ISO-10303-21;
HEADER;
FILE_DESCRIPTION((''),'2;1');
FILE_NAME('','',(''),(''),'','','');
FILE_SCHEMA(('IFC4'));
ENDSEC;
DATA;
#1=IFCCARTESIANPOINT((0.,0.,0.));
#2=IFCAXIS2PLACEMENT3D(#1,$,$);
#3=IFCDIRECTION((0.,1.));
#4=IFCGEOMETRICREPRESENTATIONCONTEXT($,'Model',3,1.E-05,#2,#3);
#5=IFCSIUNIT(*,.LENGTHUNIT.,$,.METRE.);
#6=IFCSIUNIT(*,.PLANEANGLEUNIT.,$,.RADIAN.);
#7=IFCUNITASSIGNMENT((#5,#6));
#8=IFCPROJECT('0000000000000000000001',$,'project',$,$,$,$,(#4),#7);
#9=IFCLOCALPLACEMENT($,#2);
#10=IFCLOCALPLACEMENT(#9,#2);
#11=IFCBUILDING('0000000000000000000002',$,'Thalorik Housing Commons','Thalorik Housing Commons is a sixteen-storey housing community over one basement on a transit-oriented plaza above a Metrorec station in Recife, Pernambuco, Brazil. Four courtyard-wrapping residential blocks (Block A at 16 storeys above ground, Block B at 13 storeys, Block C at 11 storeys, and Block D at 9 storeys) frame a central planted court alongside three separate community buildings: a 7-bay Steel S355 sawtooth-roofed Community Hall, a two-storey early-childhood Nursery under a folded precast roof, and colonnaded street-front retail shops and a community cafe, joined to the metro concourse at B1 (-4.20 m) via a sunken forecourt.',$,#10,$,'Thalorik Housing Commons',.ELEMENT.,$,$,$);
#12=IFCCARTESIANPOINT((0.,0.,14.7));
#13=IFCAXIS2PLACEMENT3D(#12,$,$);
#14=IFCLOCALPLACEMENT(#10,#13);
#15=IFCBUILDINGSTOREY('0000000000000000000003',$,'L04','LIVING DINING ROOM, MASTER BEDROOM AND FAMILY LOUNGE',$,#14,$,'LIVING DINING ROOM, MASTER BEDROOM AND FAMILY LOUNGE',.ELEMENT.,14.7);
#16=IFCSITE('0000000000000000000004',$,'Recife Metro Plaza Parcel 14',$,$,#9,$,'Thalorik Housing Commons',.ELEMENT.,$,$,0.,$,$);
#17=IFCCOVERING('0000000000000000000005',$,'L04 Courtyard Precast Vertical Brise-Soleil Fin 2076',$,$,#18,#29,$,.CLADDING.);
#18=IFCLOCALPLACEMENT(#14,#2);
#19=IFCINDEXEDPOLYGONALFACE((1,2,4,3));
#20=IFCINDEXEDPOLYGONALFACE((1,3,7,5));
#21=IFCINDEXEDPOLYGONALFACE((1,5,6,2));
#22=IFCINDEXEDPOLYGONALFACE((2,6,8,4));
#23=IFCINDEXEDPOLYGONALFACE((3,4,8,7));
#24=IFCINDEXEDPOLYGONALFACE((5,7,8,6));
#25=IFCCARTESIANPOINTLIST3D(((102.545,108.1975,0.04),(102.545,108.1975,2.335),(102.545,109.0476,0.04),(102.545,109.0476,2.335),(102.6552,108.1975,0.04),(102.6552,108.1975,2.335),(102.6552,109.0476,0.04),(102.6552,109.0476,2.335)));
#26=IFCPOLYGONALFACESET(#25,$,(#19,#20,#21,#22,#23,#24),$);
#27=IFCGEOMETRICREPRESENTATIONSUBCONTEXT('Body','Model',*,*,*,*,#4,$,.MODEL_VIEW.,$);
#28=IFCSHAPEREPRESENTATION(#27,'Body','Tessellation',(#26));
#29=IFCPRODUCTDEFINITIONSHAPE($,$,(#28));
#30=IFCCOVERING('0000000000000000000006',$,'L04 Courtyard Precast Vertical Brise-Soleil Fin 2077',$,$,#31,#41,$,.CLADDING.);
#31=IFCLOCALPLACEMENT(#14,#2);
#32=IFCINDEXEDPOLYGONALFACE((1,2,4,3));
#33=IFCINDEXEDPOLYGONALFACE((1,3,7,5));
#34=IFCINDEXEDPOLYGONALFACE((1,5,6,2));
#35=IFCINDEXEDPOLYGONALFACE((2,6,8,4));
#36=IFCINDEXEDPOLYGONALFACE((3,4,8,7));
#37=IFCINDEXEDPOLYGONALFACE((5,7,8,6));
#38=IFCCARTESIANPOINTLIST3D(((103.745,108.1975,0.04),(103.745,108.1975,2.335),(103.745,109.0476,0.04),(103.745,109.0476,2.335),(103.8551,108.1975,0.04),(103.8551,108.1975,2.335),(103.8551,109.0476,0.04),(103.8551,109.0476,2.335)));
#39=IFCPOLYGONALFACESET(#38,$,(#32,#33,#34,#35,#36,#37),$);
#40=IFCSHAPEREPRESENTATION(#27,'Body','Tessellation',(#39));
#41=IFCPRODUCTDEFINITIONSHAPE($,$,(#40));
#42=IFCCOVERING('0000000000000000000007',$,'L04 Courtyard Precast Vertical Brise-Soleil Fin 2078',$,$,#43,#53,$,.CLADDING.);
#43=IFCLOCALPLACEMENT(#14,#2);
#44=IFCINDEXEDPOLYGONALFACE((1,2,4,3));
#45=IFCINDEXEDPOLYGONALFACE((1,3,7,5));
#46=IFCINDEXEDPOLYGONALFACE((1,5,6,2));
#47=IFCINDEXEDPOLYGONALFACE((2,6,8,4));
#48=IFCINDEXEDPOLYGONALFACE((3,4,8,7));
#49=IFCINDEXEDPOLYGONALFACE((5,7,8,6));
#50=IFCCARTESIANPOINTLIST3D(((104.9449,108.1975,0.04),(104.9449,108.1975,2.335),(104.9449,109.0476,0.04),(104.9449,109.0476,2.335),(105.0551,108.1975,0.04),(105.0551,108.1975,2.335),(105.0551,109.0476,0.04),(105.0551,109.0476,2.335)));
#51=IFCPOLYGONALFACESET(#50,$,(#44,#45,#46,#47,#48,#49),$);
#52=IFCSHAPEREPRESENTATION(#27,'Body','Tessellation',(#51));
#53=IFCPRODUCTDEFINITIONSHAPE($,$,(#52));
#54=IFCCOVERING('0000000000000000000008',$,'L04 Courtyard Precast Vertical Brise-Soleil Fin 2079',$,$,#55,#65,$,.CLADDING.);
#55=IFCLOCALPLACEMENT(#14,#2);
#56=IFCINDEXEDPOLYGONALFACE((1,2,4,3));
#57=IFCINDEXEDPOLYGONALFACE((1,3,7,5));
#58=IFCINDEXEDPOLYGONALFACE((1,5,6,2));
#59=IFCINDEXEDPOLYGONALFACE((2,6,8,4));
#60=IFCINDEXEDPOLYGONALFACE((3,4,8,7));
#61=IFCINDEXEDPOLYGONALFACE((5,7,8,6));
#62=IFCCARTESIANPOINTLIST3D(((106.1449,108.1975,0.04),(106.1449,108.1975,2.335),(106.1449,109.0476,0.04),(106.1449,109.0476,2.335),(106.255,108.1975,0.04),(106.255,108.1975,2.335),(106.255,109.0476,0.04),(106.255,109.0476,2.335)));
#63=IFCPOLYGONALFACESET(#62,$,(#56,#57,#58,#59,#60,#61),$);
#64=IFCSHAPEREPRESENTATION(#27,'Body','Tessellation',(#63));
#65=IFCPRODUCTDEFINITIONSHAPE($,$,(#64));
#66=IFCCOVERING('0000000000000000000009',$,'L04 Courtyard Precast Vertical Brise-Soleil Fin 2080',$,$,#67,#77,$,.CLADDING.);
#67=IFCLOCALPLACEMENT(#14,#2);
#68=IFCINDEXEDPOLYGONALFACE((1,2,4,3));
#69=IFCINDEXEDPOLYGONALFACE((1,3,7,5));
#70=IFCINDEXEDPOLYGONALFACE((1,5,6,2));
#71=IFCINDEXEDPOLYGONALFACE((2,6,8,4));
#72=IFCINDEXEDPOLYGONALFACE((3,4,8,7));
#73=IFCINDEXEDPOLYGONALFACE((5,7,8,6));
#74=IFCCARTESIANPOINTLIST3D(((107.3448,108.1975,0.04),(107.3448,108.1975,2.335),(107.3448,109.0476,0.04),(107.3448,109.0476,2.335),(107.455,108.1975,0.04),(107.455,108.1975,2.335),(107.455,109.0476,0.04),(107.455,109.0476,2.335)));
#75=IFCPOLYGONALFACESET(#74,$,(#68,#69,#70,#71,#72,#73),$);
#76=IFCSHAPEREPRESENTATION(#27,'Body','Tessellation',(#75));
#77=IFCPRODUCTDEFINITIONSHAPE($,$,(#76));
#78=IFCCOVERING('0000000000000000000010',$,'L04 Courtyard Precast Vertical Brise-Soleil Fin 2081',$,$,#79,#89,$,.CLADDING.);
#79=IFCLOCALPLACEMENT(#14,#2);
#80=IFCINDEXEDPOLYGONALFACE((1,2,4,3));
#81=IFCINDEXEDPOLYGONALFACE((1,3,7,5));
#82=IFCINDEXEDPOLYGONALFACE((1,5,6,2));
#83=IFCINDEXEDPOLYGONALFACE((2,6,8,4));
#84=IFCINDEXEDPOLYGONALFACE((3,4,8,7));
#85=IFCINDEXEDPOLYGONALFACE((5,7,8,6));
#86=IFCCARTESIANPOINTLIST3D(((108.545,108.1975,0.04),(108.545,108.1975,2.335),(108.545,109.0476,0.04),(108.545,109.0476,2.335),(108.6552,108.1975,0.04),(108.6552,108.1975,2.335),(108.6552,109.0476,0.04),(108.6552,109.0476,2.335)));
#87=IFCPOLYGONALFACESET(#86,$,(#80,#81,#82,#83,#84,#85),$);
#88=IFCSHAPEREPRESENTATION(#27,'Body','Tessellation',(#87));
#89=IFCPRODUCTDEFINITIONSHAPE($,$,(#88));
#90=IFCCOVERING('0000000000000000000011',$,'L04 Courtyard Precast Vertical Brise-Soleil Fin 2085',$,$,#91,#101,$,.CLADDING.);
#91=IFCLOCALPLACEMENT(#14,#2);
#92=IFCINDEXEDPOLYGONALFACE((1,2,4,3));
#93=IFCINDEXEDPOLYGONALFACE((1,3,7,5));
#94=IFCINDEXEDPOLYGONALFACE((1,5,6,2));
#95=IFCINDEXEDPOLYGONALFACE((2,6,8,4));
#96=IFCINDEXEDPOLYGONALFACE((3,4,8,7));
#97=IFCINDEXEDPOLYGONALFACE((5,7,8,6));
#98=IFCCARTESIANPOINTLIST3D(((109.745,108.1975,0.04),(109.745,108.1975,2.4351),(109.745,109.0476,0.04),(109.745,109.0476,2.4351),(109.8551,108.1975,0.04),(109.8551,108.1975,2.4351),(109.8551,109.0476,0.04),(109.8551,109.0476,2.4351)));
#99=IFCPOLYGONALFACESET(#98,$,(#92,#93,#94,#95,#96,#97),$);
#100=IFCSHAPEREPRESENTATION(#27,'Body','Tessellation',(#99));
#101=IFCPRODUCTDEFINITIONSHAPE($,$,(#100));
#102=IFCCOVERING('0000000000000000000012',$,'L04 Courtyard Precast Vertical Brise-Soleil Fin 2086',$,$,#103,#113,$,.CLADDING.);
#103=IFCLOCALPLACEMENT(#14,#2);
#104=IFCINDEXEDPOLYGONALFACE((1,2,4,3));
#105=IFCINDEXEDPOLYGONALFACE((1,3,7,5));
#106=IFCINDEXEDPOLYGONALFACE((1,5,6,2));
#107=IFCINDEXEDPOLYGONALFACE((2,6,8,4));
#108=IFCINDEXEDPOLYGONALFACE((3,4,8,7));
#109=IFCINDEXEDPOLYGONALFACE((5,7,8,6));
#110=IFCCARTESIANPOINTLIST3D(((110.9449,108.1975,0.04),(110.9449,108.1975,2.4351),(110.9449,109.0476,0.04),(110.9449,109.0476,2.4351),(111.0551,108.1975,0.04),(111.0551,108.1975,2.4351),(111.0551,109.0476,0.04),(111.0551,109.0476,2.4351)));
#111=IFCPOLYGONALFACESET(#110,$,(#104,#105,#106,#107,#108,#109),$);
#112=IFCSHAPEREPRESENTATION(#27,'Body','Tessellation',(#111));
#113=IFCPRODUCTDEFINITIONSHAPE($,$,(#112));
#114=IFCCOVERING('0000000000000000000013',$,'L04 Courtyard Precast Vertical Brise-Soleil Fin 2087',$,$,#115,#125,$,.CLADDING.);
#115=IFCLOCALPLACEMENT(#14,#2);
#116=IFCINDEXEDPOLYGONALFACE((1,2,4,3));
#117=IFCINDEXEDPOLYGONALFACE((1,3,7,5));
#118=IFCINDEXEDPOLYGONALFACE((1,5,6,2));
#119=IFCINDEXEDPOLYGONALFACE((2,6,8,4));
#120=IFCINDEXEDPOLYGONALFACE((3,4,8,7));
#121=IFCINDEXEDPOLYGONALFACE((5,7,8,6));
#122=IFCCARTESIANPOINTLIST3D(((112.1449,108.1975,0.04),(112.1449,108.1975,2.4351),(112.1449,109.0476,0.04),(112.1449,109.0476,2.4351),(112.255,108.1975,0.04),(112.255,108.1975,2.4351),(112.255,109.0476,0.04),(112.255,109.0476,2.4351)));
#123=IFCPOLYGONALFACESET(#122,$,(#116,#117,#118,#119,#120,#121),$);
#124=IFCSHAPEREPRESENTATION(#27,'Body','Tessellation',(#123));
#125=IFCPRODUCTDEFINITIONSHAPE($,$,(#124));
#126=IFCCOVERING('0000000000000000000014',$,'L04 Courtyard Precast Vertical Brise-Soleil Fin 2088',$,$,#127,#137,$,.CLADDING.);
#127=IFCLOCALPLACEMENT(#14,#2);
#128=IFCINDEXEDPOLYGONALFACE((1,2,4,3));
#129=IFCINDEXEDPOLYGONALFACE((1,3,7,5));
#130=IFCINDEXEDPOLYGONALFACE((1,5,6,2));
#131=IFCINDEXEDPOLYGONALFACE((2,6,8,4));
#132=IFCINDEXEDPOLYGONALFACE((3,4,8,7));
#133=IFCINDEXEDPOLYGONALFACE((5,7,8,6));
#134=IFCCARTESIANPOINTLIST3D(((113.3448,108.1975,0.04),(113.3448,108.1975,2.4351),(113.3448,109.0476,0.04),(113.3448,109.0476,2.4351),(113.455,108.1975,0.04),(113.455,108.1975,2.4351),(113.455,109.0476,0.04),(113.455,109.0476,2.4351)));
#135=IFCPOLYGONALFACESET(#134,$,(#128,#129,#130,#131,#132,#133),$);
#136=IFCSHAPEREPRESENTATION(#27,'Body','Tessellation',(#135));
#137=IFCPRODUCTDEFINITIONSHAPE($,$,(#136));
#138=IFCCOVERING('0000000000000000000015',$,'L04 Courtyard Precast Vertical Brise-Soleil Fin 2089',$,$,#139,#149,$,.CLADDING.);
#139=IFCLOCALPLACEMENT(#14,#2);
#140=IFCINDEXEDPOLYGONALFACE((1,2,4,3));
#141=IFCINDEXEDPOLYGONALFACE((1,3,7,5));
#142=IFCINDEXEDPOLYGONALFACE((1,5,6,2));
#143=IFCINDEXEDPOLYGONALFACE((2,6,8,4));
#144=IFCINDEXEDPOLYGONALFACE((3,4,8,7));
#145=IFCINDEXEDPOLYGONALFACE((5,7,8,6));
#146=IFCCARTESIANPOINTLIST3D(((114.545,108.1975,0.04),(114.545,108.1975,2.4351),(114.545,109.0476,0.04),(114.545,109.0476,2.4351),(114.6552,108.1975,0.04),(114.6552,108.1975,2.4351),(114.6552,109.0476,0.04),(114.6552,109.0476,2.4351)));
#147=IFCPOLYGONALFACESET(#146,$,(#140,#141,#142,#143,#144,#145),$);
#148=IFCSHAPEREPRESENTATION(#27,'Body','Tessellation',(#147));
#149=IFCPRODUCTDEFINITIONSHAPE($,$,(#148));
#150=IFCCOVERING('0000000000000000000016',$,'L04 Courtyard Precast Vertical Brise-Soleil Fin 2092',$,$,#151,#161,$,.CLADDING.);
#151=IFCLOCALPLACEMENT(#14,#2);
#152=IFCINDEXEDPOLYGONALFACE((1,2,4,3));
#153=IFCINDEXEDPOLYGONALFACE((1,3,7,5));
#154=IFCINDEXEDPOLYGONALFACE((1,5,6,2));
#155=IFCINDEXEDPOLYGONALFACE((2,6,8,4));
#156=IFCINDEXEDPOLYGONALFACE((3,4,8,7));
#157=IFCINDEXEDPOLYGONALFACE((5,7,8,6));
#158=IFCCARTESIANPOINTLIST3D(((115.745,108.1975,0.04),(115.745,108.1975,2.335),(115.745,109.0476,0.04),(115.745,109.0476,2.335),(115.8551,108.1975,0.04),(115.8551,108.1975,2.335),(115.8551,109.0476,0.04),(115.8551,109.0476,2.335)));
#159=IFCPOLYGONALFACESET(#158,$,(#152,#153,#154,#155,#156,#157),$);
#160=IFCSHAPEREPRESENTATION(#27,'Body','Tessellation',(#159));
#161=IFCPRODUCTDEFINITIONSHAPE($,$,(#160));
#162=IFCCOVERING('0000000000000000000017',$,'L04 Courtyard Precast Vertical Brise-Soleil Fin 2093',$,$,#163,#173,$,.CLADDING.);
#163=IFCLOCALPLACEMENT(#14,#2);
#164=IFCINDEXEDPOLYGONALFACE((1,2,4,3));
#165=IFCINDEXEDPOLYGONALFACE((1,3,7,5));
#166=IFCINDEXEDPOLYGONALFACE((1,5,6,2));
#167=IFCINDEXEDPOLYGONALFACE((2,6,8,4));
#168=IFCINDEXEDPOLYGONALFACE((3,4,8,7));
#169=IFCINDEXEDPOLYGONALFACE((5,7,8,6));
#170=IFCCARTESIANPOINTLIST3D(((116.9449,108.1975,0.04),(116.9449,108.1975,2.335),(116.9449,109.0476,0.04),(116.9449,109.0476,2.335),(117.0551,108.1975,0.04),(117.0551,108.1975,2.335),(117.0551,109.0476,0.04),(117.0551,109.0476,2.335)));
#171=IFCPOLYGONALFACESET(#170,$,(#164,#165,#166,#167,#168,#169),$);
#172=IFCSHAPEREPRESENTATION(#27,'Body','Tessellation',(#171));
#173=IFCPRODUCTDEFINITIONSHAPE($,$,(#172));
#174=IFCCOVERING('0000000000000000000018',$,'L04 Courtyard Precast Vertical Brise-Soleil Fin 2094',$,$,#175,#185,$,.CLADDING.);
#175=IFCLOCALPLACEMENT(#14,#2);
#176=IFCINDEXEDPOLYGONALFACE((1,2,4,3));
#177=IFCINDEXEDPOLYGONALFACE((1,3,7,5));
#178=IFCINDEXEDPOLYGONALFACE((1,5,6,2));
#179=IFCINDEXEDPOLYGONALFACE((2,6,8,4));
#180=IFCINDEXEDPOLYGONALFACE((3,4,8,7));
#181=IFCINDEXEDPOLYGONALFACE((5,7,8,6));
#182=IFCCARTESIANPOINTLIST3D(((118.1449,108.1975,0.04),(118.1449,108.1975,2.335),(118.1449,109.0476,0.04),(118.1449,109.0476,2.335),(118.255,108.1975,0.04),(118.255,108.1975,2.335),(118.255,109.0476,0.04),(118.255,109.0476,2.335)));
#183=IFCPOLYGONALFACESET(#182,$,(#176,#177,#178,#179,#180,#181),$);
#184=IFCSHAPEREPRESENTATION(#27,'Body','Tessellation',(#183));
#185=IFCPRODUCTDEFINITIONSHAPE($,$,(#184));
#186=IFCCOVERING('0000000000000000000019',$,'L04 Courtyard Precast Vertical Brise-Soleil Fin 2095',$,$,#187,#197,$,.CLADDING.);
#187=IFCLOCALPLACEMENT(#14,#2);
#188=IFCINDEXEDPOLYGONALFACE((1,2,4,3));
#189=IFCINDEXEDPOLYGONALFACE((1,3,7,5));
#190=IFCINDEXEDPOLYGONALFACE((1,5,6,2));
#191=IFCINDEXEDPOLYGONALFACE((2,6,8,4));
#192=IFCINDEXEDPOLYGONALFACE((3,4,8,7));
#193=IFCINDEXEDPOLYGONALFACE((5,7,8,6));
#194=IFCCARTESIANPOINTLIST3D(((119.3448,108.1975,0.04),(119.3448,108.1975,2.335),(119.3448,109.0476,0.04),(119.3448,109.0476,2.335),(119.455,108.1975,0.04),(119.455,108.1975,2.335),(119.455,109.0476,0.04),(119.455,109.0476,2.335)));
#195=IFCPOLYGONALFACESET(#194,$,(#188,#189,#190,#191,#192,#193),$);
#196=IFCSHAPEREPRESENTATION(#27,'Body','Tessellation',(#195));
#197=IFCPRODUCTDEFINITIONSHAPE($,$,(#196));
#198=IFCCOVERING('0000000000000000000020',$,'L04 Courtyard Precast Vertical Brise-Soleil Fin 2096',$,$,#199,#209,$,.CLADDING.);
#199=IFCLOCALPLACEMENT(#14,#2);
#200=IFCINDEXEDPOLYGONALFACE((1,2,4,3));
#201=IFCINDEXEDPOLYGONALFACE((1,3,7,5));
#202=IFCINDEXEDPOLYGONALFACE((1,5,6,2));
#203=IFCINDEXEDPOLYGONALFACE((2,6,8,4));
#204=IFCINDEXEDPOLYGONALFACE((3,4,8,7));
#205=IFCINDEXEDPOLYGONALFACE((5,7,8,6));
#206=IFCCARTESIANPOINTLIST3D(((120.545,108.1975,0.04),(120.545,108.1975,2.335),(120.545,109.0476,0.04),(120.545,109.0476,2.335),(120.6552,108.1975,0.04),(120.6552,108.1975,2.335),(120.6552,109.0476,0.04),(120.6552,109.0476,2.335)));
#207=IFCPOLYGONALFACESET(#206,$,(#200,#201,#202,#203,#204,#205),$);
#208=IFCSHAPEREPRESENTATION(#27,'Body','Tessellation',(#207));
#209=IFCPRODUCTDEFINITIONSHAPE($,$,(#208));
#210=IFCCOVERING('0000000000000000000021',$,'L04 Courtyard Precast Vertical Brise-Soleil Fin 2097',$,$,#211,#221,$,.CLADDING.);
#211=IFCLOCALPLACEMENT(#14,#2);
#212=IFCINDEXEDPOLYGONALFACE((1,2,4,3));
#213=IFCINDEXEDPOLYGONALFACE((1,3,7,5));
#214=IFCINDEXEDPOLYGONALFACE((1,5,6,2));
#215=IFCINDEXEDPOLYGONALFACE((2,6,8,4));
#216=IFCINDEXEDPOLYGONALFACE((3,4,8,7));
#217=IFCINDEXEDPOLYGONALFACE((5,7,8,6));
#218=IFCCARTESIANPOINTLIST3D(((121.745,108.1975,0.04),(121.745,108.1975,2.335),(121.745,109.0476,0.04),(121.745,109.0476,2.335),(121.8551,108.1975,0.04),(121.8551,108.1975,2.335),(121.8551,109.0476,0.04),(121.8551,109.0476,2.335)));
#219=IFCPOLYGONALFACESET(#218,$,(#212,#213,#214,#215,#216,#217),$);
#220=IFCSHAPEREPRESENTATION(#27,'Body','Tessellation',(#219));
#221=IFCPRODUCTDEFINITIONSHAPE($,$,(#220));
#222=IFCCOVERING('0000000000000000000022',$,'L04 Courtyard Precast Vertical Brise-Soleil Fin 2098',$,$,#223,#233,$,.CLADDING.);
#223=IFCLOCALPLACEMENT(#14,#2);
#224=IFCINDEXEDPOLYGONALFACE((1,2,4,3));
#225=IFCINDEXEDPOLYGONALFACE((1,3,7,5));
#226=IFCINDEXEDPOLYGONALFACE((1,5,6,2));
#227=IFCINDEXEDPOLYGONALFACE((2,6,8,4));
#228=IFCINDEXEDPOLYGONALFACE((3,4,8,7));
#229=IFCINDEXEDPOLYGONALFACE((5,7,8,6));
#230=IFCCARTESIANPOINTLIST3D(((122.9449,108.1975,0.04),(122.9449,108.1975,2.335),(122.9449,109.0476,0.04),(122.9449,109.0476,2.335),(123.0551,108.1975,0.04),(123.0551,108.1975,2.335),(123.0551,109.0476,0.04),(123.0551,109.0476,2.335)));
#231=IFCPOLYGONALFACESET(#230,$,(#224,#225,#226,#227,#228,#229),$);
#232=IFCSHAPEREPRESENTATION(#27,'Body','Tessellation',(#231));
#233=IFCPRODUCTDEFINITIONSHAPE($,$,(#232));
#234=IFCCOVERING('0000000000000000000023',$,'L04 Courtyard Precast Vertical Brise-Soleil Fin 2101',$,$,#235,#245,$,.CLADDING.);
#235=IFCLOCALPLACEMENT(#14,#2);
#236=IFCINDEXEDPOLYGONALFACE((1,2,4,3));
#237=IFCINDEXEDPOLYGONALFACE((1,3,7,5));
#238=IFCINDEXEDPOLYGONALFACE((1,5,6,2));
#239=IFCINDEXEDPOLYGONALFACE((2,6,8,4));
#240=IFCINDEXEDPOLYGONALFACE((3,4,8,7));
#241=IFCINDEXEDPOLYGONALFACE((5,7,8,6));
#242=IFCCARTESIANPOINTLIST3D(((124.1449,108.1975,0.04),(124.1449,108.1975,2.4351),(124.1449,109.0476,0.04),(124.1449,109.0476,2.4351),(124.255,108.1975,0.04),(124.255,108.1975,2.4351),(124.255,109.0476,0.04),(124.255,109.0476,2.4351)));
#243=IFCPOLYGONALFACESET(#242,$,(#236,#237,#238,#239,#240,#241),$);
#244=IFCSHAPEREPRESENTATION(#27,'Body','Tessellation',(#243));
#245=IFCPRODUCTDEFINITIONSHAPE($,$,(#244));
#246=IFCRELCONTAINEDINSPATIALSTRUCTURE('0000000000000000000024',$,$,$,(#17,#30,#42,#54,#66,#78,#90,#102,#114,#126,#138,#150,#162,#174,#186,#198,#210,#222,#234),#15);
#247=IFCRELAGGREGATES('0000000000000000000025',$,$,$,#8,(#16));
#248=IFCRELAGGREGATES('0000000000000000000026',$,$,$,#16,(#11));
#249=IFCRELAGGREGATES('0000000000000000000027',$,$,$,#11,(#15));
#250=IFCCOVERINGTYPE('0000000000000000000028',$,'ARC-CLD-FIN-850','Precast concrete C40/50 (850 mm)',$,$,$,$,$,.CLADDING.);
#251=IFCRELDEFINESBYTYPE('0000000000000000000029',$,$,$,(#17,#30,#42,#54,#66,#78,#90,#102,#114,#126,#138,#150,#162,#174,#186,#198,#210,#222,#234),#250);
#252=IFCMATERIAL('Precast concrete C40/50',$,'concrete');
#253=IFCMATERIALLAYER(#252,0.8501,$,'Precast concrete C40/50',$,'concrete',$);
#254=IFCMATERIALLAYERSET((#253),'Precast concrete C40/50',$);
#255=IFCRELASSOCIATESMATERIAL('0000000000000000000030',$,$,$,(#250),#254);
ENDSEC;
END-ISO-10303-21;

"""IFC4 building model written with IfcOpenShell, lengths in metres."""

from ifc_helpers import new_model, si_unit, direction, frame, origin, origin_2d, place, context, subcontext, project, spatial, rectangle, extrude, material, layer, layer_set, type_object, element, save


model = new_model("IFC4")

# Units and contexts
model_context = context("Model", 3, precision=1e-05, world=origin(), true_north=direction((0.0, 1.0)))
body_context = subcontext(model_context, "Body", "Model", "MODEL_VIEW")
ifc_project = project(units=[si_unit("LENGTHUNIT", "METRE"), si_unit("PLANEANGLEUNIT", "RADIAN")], contexts=[model_context])

# Site, building, storey
site_placement = place(None, origin())
site = spatial("IfcSite", under=ifc_project, at=site_placement, Name="Recife Metro Plaza Parcel 14", LongName="Thalorik Housing Commons", CompositionType="ELEMENT", RefElevation=0.0)
building_placement = place(site_placement, origin())
building = spatial("IfcBuilding", under=site, at=building_placement, Name="Thalorik Housing Commons", Description="Thalorik Housing Commons is a sixteen-storey housing community over one basement on a transit-oriented plaza above a Metrorec station in Recife, Pernambuco, Brazil. Four courtyard-wrapping residential blocks (Block A at 16 storeys above ground, Block B at 13 storeys, Block C at 11 storeys, and Block D at 9 storeys) frame a central planted court alongside three separate community buildings: a 7-bay Steel S355 sawtooth-roofed Community Hall, a two-storey early-childhood Nursery under a folded precast roof, and colonnaded street-front retail shops and a community cafe, joined to the metro concourse at B1 (-4.20 m) via a sunken forecourt.", LongName="Thalorik Housing Commons", CompositionType="ELEMENT")
storey_placement = place(building_placement, frame((0.0, 0.0, 14.7)))
storey = spatial("IfcBuildingStorey", under=building, at=storey_placement, Name="L04", Description="LIVING DINING ROOM, MASTER BEDROOM AND FAMILY LOUNGE", LongName="LIVING DINING ROOM, MASTER BEDROOM AND FAMILY LOUNGE", CompositionType="ELEMENT", Elevation=14.7)

# Coverings
ifc_material = material(Name="Precast concrete C40/50", Category="concrete")
ifc_layer_1 = layer(ifc_material, 0.8501, Name="Precast concrete C40/50", Category="concrete")
ifc_layer_set_1 = layer_set([ifc_layer_1], Name="Precast concrete C40/50")
covering_type_1 = type_object("IfcCoveringType", Name="ARC-CLD-FIN-850", Description="Precast concrete C40/50 (850 mm)", PredefinedType="CLADDING", material=ifc_layer_set_1)
for number, where, z_axis, x_axis, name in (
    (1, (102.6001, 108.6226, 0.04), (0.0, 0.0, 1.0), (1.0, 0.0, 0.0), "L04 Courtyard Precast Vertical Brise-Soleil Fin 2076"),
    (2, (103.8, 108.6226, 0.04), (0.0, 0.0, 1.0), (1.0, 0.0, 0.0), "L04 Courtyard Precast Vertical Brise-Soleil Fin 2077"),
    (3, (105.0, 108.6226, 0.04), (0.0, 0.0, 1.0), (1.0, 0.0, 0.0), "L04 Courtyard Precast Vertical Brise-Soleil Fin 2078"),
    (4, (106.2, 108.6226, 0.04), (0.0, 0.0, 1.0), (1.0, 0.0, 0.0), "L04 Courtyard Precast Vertical Brise-Soleil Fin 2079"),
    (5, (107.3999, 108.6226, 0.04), (0.0, 0.0, 1.0), (1.0, 0.0, 0.0), "L04 Courtyard Precast Vertical Brise-Soleil Fin 2080"),
    (6, (108.6001, 108.6226, 0.04), (0.0, 0.0, 1.0), (1.0, 0.0, 0.0), "L04 Courtyard Precast Vertical Brise-Soleil Fin 2081"),
):
    element("IfcCovering", number, at=place(storey_placement, frame(where, z_axis=z_axis, x_axis=x_axis)), inside=storey, type_object=covering_type_1, Name=name, PredefinedType="CLADDING", context=body_context, shape_type="SweptSolid", body=[
        extrude(rectangle(XDim=0.1101, YDim=0.8501, at=origin_2d()), origin(), (0.0, 0.0, 1.0), 2.2949),
    ])
for number, where, z_axis, x_axis, name in (
    (7, (109.8, 108.6226, 0.04), (0.0, 0.0, 1.0), (1.0, 0.0, 0.0), "L04 Courtyard Precast Vertical Brise-Soleil Fin 2085"),
    (8, (111.0, 108.6226, 0.04), (0.0, 0.0, 1.0), (1.0, 0.0, 0.0), "L04 Courtyard Precast Vertical Brise-Soleil Fin 2086"),
    (9, (112.2, 108.6226, 0.04), (0.0, 0.0, 1.0), (1.0, 0.0, 0.0), "L04 Courtyard Precast Vertical Brise-Soleil Fin 2087"),
    (10, (113.3999, 108.6226, 0.04), (0.0, 0.0, 1.0), (1.0, 0.0, 0.0), "L04 Courtyard Precast Vertical Brise-Soleil Fin 2088"),
    (11, (114.6001, 108.6226, 0.04), (0.0, 0.0, 1.0), (1.0, 0.0, 0.0), "L04 Courtyard Precast Vertical Brise-Soleil Fin 2089"),
):
    element("IfcCovering", number, at=place(storey_placement, frame(where, z_axis=z_axis, x_axis=x_axis)), inside=storey, type_object=covering_type_1, Name=name, PredefinedType="CLADDING", context=body_context, shape_type="SweptSolid", body=[
        extrude(rectangle(XDim=0.1101, YDim=0.8501, at=origin_2d()), origin(), (0.0, 0.0, 1.0), 2.395),
    ])
for number, where, z_axis, x_axis, name in (
    (12, (115.8, 108.6226, 0.04), (0.0, 0.0, 1.0), (1.0, 0.0, 0.0), "L04 Courtyard Precast Vertical Brise-Soleil Fin 2092"),
    (13, (117.0, 108.6226, 0.04), (0.0, 0.0, 1.0), (1.0, 0.0, 0.0), "L04 Courtyard Precast Vertical Brise-Soleil Fin 2093"),
    (14, (118.2, 108.6226, 0.04), (0.0, 0.0, 1.0), (1.0, 0.0, 0.0), "L04 Courtyard Precast Vertical Brise-Soleil Fin 2094"),
    (15, (119.3999, 108.6226, 0.04), (0.0, 0.0, 1.0), (1.0, 0.0, 0.0), "L04 Courtyard Precast Vertical Brise-Soleil Fin 2095"),
    (16, (120.6001, 108.6226, 0.04), (0.0, 0.0, 1.0), (1.0, 0.0, 0.0), "L04 Courtyard Precast Vertical Brise-Soleil Fin 2096"),
    (17, (121.8, 108.6226, 0.04), (0.0, 0.0, 1.0), (1.0, 0.0, 0.0), "L04 Courtyard Precast Vertical Brise-Soleil Fin 2097"),
    (18, (123.0, 108.6226, 0.04), (0.0, 0.0, 1.0), (1.0, 0.0, 0.0), "L04 Courtyard Precast Vertical Brise-Soleil Fin 2098"),
):
    element("IfcCovering", number, at=place(storey_placement, frame(where, z_axis=z_axis, x_axis=x_axis)), inside=storey, type_object=covering_type_1, Name=name, PredefinedType="CLADDING", context=body_context, shape_type="SweptSolid", body=[
        extrude(rectangle(XDim=0.1101, YDim=0.8501, at=origin_2d()), origin(), (0.0, 0.0, 1.0), 2.2949),
    ])
for number, where, z_axis, x_axis, name in (
    (19, (124.2, 108.6226, 0.04), (0.0, 0.0, 1.0), (1.0, 0.0, 0.0), "L04 Courtyard Precast Vertical Brise-Soleil Fin 2101"),
):
    element("IfcCovering", number, at=place(storey_placement, frame(where, z_axis=z_axis, x_axis=x_axis)), inside=storey, type_object=covering_type_1, Name=name, PredefinedType="CLADDING", context=body_context, shape_type="SweptSolid", body=[
        extrude(rectangle(XDim=0.1101, YDim=0.8501, at=origin_2d()), origin(), (0.0, 0.0, 1.0), 2.395),
    ])

save(model, "model.ifc")
